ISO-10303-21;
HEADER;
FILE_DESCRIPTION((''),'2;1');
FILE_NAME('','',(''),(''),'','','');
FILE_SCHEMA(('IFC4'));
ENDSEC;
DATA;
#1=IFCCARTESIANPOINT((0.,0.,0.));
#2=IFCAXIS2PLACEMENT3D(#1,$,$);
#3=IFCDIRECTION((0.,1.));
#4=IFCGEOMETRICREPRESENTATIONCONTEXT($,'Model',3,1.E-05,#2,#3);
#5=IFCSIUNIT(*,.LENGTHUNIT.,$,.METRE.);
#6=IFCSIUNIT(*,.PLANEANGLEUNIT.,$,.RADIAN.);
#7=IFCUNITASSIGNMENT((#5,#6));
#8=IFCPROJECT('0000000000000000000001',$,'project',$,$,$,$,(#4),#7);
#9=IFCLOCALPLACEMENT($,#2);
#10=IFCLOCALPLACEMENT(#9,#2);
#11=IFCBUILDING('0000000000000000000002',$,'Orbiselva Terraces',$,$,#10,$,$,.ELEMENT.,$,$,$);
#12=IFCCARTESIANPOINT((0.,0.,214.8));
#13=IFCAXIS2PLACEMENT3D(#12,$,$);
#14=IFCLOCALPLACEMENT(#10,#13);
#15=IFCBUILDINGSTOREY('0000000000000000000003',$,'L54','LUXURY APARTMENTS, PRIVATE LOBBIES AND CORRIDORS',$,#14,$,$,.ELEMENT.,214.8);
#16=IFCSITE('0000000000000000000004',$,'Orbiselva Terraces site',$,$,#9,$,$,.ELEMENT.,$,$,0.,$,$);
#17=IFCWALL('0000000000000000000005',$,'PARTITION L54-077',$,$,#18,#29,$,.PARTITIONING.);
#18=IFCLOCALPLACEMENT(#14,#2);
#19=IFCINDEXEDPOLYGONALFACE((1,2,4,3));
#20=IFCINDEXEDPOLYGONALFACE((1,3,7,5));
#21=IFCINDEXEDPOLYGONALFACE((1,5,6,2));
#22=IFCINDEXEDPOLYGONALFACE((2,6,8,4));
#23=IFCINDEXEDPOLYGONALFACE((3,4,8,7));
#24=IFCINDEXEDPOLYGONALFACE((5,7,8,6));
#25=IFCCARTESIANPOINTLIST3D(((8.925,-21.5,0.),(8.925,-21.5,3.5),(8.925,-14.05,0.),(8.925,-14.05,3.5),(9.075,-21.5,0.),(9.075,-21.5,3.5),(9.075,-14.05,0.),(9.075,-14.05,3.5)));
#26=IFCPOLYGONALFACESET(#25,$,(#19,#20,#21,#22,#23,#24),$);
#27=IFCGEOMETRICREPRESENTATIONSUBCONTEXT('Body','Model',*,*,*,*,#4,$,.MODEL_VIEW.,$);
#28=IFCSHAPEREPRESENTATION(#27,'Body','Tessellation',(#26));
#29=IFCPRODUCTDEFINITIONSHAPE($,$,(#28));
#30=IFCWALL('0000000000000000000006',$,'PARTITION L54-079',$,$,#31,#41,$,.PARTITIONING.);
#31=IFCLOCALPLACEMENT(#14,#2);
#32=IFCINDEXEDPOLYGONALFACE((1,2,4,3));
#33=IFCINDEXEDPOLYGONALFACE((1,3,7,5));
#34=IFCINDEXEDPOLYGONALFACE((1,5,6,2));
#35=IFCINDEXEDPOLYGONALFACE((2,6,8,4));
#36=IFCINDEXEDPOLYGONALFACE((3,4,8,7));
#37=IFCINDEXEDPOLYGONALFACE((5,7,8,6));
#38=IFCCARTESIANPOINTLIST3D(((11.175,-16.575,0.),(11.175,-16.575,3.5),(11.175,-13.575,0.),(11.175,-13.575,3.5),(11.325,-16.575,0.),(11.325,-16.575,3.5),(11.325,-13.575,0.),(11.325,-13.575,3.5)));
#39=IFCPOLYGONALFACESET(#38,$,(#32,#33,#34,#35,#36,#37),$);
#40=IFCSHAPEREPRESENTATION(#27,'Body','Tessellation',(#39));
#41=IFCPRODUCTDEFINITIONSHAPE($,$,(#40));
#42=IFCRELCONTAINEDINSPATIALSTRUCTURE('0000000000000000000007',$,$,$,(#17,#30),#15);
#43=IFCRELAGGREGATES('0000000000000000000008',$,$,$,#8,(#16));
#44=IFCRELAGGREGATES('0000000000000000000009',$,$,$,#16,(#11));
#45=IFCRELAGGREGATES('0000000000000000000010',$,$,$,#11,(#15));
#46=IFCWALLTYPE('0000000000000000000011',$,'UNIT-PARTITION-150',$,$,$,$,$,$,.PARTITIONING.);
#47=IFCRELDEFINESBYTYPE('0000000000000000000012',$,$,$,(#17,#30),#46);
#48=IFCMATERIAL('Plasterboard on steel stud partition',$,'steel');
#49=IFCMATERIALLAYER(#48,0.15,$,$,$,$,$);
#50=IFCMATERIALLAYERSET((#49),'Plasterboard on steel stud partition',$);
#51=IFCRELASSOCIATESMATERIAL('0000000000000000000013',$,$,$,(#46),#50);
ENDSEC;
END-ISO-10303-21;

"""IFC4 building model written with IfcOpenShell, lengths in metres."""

from ifc_helpers import new_model, si_unit, direction, frame, frame_2d, origin, place, context, subcontext, project, spatial, rectangle, extrude, material, layer, layer_set, type_object, element, save


model = new_model("IFC4")

# Units and contexts
model_context = context("Model", 3, precision=1e-05, world=origin(), true_north=direction((0.0, 1.0)))
body_context = subcontext(model_context, "Body", "Model", "MODEL_VIEW")
ifc_project = project(units=[si_unit("LENGTHUNIT", "METRE"), si_unit("PLANEANGLEUNIT", "RADIAN")], contexts=[model_context])

# Site, building, storey
site_placement = place(None, origin())
site = spatial("IfcSite", under=ifc_project, at=site_placement, Name="Orbiselva Terraces site", CompositionType="ELEMENT", RefElevation=0.0)
building_placement = place(site_placement, origin())
building = spatial("IfcBuilding", under=site, at=building_placement, Name="Orbiselva Terraces", CompositionType="ELEMENT")
storey_placement = place(building_placement, frame((0.0, 0.0, 214.8)))
storey = spatial("IfcBuildingStorey", under=building, at=storey_placement, Name="L54", Description="LUXURY APARTMENTS, PRIVATE LOBBIES AND CORRIDORS", CompositionType="ELEMENT", Elevation=214.8)

# Shared definitions
ifc_material_1 = material(Name="Plasterboard on steel stud partition", Category="steel")

# Shared definitions
ifc_layer_1 = layer(ifc_material_1, 0.15)
ifc_layer_set_1 = layer_set([ifc_layer_1], Name="Plasterboard on steel stud partition")
wall_type_1 = type_object("IfcWallType", Name="UNIT-PARTITION-150", PredefinedType="PARTITIONING", material=ifc_layer_set_1)

# Walls
wall_1_placement = place(storey_placement, frame((9.0, -21.5, 0.0), z_axis=(0.0, 0.0, 1.0), x_axis=(0.0, 1.0, 0.0)))
element("IfcWall", 1, at=wall_1_placement, inside=storey, type_object=wall_type_1, Name="PARTITION L54-077", PredefinedType="PARTITIONING", context=body_context, shape_type="SweptSolid", body=[
    extrude(rectangle(XDim=7.45, YDim=0.15, at=frame_2d((3.725, 0.0))), origin(), (0.0, 0.0, 1.0), 3.5),
])
wall_2_placement = place(storey_placement, frame((11.25, -16.575, 0.0), z_axis=(0.0, 0.0, 1.0), x_axis=(0.0, 1.0, 0.0)))
element("IfcWall", 2, at=wall_2_placement, inside=storey, type_object=wall_type_1, Name="PARTITION L54-079", PredefinedType="PARTITIONING", context=body_context, shape_type="SweptSolid", body=[
    extrude(rectangle(XDim=3.0, YDim=0.15, at=frame_2d((1.5, 0.0))), origin(), (0.0, 0.0, 1.0), 3.5),
])

save(model, "model.ifc")
